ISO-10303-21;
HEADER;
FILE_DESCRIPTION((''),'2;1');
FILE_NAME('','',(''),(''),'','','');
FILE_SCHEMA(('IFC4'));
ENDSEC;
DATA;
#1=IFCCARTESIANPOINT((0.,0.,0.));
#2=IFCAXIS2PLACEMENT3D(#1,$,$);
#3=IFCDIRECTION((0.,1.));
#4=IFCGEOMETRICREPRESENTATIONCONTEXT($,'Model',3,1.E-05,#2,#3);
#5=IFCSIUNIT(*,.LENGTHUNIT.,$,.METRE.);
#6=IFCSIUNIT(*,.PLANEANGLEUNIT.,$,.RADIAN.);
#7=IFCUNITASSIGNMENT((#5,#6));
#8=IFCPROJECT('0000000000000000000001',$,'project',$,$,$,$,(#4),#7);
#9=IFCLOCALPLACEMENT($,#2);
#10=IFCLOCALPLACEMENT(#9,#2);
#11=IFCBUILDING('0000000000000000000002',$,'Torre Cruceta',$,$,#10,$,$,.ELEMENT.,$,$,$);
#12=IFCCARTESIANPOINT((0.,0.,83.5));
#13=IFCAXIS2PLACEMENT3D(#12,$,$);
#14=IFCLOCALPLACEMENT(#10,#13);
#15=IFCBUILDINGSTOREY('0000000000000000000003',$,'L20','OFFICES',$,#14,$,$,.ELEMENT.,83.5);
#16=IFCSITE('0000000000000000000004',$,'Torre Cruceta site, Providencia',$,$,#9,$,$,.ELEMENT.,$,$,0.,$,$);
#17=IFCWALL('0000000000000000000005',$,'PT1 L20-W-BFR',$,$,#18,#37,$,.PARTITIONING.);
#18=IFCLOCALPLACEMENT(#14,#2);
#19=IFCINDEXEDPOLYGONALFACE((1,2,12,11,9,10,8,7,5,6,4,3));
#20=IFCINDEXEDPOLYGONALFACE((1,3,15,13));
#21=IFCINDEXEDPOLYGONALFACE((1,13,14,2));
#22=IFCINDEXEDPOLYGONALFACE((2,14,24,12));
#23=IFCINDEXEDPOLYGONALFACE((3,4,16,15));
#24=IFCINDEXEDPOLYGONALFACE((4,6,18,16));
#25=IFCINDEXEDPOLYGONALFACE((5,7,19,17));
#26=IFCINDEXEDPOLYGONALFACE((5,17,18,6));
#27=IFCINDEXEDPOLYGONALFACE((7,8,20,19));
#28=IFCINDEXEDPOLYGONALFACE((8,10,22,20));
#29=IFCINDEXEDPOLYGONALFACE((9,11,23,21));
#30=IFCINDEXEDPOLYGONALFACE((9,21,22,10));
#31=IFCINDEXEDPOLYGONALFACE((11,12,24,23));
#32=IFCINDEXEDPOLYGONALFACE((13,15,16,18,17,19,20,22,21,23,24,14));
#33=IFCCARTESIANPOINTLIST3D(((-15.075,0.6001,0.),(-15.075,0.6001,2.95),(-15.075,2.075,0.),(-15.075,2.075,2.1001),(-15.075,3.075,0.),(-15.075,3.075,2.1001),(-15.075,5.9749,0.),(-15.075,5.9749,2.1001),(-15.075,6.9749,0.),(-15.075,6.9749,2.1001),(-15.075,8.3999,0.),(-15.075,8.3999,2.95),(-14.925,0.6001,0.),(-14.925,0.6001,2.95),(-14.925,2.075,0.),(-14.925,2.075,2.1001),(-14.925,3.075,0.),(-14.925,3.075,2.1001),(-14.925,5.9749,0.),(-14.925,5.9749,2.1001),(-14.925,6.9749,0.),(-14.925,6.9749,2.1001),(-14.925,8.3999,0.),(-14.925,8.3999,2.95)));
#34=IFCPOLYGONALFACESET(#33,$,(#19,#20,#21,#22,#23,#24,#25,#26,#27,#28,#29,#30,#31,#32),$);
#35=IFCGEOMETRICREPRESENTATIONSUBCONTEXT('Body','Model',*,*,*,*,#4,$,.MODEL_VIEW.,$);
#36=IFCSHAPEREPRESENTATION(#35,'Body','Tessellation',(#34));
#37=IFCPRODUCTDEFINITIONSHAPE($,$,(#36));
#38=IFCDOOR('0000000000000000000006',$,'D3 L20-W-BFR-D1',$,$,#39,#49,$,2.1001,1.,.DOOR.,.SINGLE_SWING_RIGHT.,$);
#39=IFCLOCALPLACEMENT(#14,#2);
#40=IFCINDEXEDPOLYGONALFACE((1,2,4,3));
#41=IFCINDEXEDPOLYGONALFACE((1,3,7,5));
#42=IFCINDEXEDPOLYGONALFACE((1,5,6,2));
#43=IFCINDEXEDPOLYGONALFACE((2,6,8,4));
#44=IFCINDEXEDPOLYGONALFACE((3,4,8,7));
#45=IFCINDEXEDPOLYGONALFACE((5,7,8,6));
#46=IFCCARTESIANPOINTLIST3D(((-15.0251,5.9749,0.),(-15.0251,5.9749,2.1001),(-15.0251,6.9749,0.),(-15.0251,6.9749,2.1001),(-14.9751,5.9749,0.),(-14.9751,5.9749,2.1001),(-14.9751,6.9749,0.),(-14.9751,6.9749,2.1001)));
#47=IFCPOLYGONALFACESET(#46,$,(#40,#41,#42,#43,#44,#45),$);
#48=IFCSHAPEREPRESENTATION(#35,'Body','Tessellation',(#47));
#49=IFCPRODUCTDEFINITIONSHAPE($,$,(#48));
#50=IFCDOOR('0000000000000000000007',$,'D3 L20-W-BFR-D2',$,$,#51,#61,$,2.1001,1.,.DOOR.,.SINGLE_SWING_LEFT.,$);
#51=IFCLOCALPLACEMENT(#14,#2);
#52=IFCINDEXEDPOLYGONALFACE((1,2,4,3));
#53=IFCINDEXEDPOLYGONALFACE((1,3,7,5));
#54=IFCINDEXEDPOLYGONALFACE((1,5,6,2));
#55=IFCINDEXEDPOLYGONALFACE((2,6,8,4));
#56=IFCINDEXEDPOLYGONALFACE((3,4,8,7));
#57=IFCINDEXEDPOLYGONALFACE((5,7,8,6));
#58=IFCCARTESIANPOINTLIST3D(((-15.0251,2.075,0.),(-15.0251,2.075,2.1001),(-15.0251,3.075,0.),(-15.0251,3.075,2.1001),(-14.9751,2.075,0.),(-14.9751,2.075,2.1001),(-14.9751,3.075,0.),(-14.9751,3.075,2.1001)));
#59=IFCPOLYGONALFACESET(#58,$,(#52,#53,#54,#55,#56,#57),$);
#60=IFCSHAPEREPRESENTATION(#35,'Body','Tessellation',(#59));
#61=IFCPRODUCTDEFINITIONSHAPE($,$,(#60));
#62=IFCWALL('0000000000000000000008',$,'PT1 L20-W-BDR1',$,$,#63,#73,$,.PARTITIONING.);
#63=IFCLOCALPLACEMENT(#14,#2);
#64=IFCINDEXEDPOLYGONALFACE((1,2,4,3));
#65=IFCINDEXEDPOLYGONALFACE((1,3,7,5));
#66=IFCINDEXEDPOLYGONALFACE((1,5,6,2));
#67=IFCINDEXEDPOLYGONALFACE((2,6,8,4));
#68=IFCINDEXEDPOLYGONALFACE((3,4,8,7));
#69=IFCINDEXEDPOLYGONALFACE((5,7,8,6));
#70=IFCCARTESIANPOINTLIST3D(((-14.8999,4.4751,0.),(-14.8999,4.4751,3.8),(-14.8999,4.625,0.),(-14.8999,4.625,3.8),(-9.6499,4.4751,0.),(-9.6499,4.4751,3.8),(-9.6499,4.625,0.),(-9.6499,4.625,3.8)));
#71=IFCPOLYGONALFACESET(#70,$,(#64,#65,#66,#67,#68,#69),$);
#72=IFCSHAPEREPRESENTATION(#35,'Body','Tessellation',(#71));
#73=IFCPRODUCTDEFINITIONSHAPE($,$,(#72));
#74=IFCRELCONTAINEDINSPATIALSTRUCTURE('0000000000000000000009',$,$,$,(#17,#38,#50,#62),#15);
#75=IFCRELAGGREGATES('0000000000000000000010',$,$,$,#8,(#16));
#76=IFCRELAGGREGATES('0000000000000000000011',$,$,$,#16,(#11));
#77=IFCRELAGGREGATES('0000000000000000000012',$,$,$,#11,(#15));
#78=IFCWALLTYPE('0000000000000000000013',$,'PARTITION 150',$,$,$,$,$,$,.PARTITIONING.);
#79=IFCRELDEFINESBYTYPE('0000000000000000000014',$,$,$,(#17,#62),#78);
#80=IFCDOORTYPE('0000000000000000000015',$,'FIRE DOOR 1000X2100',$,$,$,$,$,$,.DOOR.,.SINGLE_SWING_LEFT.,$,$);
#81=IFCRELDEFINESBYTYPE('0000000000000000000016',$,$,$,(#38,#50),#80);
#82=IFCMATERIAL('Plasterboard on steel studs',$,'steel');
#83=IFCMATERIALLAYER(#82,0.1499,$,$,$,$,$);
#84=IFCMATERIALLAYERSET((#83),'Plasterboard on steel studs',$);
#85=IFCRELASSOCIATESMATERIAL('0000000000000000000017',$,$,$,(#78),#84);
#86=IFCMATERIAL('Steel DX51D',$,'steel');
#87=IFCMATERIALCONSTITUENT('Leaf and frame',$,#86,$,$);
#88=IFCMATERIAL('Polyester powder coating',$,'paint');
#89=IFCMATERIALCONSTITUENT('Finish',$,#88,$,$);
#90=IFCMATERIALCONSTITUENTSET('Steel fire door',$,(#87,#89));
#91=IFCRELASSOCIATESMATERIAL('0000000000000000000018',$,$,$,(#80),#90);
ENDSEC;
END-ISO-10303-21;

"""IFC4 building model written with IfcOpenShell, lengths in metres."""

from ifc_helpers import new_model, si_unit, direction, frame, frame_2d, origin, place, context, subcontext, project, spatial, rectangle, extrude, material, layer, layer_set, constituent, constituent_set, type_object, element, fill, save


model = new_model("IFC4")

# Units and contexts
model_context = context("Model", 3, precision=1e-05, world=origin(), true_north=direction((0.0, 1.0)))
body_context = subcontext(model_context, "Body", "Model", "MODEL_VIEW")
ifc_project = project(units=[si_unit("LENGTHUNIT", "METRE"), si_unit("PLANEANGLEUNIT", "RADIAN")], contexts=[model_context])

# Site, building, storey
site_placement = place(None, origin())
site = spatial("IfcSite", under=ifc_project, at=site_placement, Name="Torre Cruceta site, Providencia", CompositionType="ELEMENT", RefElevation=0.0)
building_placement = place(site_placement, origin())
building = spatial("IfcBuilding", under=site, at=building_placement, Name="Torre Cruceta", CompositionType="ELEMENT")
storey_placement = place(building_placement, frame((0.0, 0.0, 83.5)))
storey = spatial("IfcBuildingStorey", under=building, at=storey_placement, Name="L20", Description="OFFICES", CompositionType="ELEMENT", Elevation=83.5)

# Wall, openings, doors
ifc_material_1 = material(Name="Plasterboard on steel studs", Category="steel")
ifc_layer_1 = layer(ifc_material_1, 0.1499)
ifc_layer_set_1 = layer_set([ifc_layer_1], Name="Plasterboard on steel studs")
wall_type_1 = type_object("IfcWallType", Name="PARTITION 150", PredefinedType="PARTITIONING", material=ifc_layer_set_1)
wall_1_placement = place(storey_placement, frame((-15.0, 8.3999, 0.0), z_axis=(0.0, 0.0, 1.0), x_axis=(0.0, -1.0, 0.0)))
wall_1 = element("IfcWall", 1, at=wall_1_placement, inside=storey, type_object=wall_type_1, Name="PT1 L20-W-BFR", PredefinedType="PARTITIONING", context=body_context, shape_type="SweptSolid", body=[
    extrude(rectangle(XDim=7.7998, YDim=0.1499, at=frame_2d((3.8999, 0.0))), origin(), (0.0, 0.0, 1.0), 2.95),
])
opening_1_placement = place(wall_1_placement, frame((1.425, 0.0, 0.0)))
opening_1 = element("IfcOpeningElement", 2, at=opening_1_placement, cuts=wall_1, PredefinedType="OPENING", context=body_context, shape_type="SweptSolid", body=[
    extrude(rectangle(XDim=1.0, YDim=2.1001, at=frame_2d((0.5, 1.05))), frame((0.0, 0.085, 0.0), z_axis=(0.0, -1.0, 0.0), x_axis=(1.0, 0.0, 0.0)), (0.0, 0.0, 1.0), 0.1699),
])
opening_2_placement = place(wall_1_placement, frame((5.325, 0.0, 0.0)))
opening_2 = element("IfcOpeningElement", 3, at=opening_2_placement, cuts=wall_1, PredefinedType="OPENING", context=body_context, shape_type="SweptSolid", body=[
    extrude(rectangle(XDim=1.0, YDim=2.1001, at=frame_2d((0.5, 1.05))), frame((0.0, 0.085, 0.0), z_axis=(0.0, -1.0, 0.0), x_axis=(1.0, 0.0, 0.0)), (0.0, 0.0, 1.0), 0.1699),
])
ifc_material_2 = material(Name="Steel DX51D", Category="steel")
ifc_constituent_1 = constituent(ifc_material_2, Name="Leaf and frame")
ifc_material_3 = material(Name="Polyester powder coating", Category="paint")
ifc_constituent_2 = constituent(ifc_material_3, Name="Finish")
ifc_constituent_set_1 = constituent_set(constituents=[ifc_constituent_1, ifc_constituent_2], Name="Steel fire door")
door_type_1 = type_object("IfcDoorType", Name="FIRE DOOR 1000X2100", OperationType="SINGLE_SWING_LEFT", PredefinedType="DOOR", material=ifc_constituent_set_1)
door_1_placement = place(opening_1_placement, origin())
door_1 = element("IfcDoor", 4, at=door_1_placement, inside=storey, type_object=door_type_1, Name="D3 L20-W-BFR-D1", OperationType="SINGLE_SWING_RIGHT", OverallHeight=2.1001, OverallWidth=1.0, PredefinedType="DOOR", context=body_context, shape_type="SweptSolid", body=[
    extrude(rectangle(XDim=1.0, YDim=2.1001, at=frame_2d((0.5, 1.05))), frame((0.0, 0.0249, 0.0), z_axis=(0.0, -1.0, 0.0), x_axis=(1.0, 0.0, 0.0)), (0.0, 0.0, 1.0), 0.05),
])
fill(opening_1, door_1)
door_2_placement = place(opening_2_placement, origin())
door_2 = element("IfcDoor", 5, at=door_2_placement, inside=storey, type_object=door_type_1, Name="D3 L20-W-BFR-D2", OperationType="SINGLE_SWING_LEFT", OverallHeight=2.1001, OverallWidth=1.0, PredefinedType="DOOR", context=body_context, shape_type="SweptSolid", body=[
    extrude(rectangle(XDim=1.0, YDim=2.1001, at=frame_2d((0.5, 1.05))), frame((0.0, 0.0249, 0.0), z_axis=(0.0, -1.0, 0.0), x_axis=(1.0, 0.0, 0.0)), (0.0, 0.0, 1.0), 0.05),
])
fill(opening_2, door_2)

# Wall
wall_2_placement = place(storey_placement, frame((-9.6499, 4.55, 0.0), z_axis=(0.0, 0.0, 1.0), x_axis=(-1.0, 0.0, 0.0)))
element("IfcWall", 6, at=wall_2_placement, inside=storey, type_object=wall_type_1, Name="PT1 L20-W-BDR1", PredefinedType="PARTITIONING", context=body_context, shape_type="SweptSolid", body=[
    extrude(rectangle(XDim=5.25, YDim=0.1499, at=frame_2d((2.625, 0.0))), origin(), (0.0, 0.0, 1.0), 3.8),
])

save(model, "model.ifc")
